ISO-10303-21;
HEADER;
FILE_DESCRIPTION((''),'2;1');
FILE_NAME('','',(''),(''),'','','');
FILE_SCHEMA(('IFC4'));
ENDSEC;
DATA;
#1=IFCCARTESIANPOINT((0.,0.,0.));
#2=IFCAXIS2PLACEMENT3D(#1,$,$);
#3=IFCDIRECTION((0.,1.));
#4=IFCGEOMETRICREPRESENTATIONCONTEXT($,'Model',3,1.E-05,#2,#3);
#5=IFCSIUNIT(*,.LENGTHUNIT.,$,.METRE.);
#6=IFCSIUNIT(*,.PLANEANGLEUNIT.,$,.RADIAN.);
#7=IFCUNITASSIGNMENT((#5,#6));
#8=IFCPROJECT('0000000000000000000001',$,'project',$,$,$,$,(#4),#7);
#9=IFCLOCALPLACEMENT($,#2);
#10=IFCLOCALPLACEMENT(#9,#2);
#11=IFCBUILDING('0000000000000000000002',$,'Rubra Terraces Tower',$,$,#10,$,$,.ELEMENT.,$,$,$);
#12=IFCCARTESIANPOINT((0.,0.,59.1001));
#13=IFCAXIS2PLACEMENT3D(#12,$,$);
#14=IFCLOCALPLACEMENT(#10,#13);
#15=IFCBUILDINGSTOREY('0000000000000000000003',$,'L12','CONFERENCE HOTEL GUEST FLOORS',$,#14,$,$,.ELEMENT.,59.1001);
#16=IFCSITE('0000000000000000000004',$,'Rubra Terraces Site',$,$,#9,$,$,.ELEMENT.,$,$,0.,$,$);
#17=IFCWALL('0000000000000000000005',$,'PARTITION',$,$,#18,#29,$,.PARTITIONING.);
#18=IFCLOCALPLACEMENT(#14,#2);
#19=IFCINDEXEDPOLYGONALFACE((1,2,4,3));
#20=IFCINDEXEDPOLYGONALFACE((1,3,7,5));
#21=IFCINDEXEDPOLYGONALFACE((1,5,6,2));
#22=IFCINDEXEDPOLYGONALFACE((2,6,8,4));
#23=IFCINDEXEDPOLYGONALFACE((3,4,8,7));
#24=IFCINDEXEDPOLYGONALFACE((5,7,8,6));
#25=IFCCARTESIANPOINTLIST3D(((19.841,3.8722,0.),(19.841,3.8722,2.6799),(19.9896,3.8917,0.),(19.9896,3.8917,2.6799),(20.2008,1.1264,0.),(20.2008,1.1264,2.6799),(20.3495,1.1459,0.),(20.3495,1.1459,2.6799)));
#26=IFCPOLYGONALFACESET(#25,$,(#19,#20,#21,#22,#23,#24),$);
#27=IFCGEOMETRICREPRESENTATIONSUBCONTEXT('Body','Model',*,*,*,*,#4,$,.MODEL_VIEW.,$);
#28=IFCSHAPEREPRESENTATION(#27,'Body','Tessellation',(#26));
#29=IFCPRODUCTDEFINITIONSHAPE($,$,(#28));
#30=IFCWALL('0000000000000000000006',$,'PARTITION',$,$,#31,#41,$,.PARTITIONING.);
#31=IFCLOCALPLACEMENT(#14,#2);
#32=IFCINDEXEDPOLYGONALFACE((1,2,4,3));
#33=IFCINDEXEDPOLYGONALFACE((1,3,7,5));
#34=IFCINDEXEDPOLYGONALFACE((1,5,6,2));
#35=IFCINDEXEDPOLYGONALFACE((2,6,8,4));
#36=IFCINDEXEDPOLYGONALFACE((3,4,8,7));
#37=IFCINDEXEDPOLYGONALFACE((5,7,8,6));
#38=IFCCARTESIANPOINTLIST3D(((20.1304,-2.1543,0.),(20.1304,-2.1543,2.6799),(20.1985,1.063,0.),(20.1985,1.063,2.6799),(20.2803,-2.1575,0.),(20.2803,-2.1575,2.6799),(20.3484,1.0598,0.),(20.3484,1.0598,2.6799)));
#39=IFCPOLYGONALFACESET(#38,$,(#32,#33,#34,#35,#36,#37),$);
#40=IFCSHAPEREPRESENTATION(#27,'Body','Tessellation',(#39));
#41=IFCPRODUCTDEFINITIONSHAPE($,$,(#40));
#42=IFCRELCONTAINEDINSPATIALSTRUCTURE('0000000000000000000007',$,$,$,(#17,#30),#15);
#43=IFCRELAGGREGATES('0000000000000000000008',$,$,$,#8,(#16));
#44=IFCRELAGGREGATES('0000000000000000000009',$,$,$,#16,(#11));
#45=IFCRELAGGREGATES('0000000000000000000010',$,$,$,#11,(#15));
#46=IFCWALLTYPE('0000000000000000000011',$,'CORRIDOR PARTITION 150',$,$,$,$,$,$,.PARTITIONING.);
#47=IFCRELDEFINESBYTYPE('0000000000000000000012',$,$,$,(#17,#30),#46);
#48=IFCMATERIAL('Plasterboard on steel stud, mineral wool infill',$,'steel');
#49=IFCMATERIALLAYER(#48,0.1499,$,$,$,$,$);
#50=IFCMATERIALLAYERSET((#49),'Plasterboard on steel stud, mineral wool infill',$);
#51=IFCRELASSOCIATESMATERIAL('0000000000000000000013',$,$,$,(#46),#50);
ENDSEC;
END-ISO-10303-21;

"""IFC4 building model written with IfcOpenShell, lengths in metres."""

from ifc_helpers import new_model, si_unit, direction, frame, frame_2d, origin, place, context, subcontext, project, spatial, rectangle, extrude, material, layer, layer_set, type_object, element, save


model = new_model("IFC4")

# Units and contexts
model_context = context("Model", 3, precision=1e-05, world=origin(), true_north=direction((0.0, 1.0)))
body_context = subcontext(model_context, "Body", "Model", "MODEL_VIEW")
ifc_project = project(units=[si_unit("LENGTHUNIT", "METRE"), si_unit("PLANEANGLEUNIT", "RADIAN")], contexts=[model_context])

# Site, building, storey
site_placement = place(None, origin())
site = spatial("IfcSite", under=ifc_project, at=site_placement, Name="Rubra Terraces Site", CompositionType="ELEMENT", RefElevation=0.0)
building_placement = place(site_placement, origin())
building = spatial("IfcBuilding", under=site, at=building_placement, Name="Rubra Terraces Tower", CompositionType="ELEMENT")
storey_placement = place(building_placement, frame((0.0, 0.0, 59.1001)))
storey = spatial("IfcBuildingStorey", under=building, at=storey_placement, Name="L12", Description="CONFERENCE HOTEL GUEST FLOORS", CompositionType="ELEMENT", Elevation=59.1001)

# Shared definitions
ifc_material_1 = material(Name="Plasterboard on steel stud, mineral wool infill", Category="steel")
ifc_layer_1 = layer(ifc_material_1, 0.1499)
ifc_layer_set_1 = layer_set([ifc_layer_1], Name="Plasterboard on steel stud, mineral wool infill")
wall_type_1 = type_object("IfcWallType", Name="CORRIDOR PARTITION 150", PredefinedType="PARTITIONING", material=ifc_layer_set_1)

# Walls
wall_1_placement = place(storey_placement, frame((19.9153, 3.8821, 0.0), z_axis=(0.0, 0.0, 1.0), x_axis=(0.129946, -0.991521, 0.0)))
element("IfcWall", 1, at=wall_1_placement, inside=storey, type_object=wall_type_1, Name="PARTITION", PredefinedType="PARTITIONING", context=body_context, shape_type="SweptSolid", body=[
    extrude(rectangle(XDim=2.7693, YDim=0.1499, at=frame_2d((1.3848, 0.0))), origin(), (0.0, 0.0, 1.0), 2.6799),
])
wall_2_placement = place(storey_placement, frame((20.2734, 1.0613, 0.0), z_axis=(0.0, 0.0, 1.0), x_axis=(-0.021167, -0.999776, 0.0)))
element("IfcWall", 2, at=wall_2_placement, inside=storey, type_object=wall_type_1, Name="PARTITION", PredefinedType="PARTITIONING", context=body_context, shape_type="SweptSolid", body=[
    extrude(rectangle(XDim=3.218, YDim=0.1499, at=frame_2d((1.6089, 0.0))), origin(), (0.0, 0.0, 1.0), 2.6799),
])

save(model, "model.ifc")
